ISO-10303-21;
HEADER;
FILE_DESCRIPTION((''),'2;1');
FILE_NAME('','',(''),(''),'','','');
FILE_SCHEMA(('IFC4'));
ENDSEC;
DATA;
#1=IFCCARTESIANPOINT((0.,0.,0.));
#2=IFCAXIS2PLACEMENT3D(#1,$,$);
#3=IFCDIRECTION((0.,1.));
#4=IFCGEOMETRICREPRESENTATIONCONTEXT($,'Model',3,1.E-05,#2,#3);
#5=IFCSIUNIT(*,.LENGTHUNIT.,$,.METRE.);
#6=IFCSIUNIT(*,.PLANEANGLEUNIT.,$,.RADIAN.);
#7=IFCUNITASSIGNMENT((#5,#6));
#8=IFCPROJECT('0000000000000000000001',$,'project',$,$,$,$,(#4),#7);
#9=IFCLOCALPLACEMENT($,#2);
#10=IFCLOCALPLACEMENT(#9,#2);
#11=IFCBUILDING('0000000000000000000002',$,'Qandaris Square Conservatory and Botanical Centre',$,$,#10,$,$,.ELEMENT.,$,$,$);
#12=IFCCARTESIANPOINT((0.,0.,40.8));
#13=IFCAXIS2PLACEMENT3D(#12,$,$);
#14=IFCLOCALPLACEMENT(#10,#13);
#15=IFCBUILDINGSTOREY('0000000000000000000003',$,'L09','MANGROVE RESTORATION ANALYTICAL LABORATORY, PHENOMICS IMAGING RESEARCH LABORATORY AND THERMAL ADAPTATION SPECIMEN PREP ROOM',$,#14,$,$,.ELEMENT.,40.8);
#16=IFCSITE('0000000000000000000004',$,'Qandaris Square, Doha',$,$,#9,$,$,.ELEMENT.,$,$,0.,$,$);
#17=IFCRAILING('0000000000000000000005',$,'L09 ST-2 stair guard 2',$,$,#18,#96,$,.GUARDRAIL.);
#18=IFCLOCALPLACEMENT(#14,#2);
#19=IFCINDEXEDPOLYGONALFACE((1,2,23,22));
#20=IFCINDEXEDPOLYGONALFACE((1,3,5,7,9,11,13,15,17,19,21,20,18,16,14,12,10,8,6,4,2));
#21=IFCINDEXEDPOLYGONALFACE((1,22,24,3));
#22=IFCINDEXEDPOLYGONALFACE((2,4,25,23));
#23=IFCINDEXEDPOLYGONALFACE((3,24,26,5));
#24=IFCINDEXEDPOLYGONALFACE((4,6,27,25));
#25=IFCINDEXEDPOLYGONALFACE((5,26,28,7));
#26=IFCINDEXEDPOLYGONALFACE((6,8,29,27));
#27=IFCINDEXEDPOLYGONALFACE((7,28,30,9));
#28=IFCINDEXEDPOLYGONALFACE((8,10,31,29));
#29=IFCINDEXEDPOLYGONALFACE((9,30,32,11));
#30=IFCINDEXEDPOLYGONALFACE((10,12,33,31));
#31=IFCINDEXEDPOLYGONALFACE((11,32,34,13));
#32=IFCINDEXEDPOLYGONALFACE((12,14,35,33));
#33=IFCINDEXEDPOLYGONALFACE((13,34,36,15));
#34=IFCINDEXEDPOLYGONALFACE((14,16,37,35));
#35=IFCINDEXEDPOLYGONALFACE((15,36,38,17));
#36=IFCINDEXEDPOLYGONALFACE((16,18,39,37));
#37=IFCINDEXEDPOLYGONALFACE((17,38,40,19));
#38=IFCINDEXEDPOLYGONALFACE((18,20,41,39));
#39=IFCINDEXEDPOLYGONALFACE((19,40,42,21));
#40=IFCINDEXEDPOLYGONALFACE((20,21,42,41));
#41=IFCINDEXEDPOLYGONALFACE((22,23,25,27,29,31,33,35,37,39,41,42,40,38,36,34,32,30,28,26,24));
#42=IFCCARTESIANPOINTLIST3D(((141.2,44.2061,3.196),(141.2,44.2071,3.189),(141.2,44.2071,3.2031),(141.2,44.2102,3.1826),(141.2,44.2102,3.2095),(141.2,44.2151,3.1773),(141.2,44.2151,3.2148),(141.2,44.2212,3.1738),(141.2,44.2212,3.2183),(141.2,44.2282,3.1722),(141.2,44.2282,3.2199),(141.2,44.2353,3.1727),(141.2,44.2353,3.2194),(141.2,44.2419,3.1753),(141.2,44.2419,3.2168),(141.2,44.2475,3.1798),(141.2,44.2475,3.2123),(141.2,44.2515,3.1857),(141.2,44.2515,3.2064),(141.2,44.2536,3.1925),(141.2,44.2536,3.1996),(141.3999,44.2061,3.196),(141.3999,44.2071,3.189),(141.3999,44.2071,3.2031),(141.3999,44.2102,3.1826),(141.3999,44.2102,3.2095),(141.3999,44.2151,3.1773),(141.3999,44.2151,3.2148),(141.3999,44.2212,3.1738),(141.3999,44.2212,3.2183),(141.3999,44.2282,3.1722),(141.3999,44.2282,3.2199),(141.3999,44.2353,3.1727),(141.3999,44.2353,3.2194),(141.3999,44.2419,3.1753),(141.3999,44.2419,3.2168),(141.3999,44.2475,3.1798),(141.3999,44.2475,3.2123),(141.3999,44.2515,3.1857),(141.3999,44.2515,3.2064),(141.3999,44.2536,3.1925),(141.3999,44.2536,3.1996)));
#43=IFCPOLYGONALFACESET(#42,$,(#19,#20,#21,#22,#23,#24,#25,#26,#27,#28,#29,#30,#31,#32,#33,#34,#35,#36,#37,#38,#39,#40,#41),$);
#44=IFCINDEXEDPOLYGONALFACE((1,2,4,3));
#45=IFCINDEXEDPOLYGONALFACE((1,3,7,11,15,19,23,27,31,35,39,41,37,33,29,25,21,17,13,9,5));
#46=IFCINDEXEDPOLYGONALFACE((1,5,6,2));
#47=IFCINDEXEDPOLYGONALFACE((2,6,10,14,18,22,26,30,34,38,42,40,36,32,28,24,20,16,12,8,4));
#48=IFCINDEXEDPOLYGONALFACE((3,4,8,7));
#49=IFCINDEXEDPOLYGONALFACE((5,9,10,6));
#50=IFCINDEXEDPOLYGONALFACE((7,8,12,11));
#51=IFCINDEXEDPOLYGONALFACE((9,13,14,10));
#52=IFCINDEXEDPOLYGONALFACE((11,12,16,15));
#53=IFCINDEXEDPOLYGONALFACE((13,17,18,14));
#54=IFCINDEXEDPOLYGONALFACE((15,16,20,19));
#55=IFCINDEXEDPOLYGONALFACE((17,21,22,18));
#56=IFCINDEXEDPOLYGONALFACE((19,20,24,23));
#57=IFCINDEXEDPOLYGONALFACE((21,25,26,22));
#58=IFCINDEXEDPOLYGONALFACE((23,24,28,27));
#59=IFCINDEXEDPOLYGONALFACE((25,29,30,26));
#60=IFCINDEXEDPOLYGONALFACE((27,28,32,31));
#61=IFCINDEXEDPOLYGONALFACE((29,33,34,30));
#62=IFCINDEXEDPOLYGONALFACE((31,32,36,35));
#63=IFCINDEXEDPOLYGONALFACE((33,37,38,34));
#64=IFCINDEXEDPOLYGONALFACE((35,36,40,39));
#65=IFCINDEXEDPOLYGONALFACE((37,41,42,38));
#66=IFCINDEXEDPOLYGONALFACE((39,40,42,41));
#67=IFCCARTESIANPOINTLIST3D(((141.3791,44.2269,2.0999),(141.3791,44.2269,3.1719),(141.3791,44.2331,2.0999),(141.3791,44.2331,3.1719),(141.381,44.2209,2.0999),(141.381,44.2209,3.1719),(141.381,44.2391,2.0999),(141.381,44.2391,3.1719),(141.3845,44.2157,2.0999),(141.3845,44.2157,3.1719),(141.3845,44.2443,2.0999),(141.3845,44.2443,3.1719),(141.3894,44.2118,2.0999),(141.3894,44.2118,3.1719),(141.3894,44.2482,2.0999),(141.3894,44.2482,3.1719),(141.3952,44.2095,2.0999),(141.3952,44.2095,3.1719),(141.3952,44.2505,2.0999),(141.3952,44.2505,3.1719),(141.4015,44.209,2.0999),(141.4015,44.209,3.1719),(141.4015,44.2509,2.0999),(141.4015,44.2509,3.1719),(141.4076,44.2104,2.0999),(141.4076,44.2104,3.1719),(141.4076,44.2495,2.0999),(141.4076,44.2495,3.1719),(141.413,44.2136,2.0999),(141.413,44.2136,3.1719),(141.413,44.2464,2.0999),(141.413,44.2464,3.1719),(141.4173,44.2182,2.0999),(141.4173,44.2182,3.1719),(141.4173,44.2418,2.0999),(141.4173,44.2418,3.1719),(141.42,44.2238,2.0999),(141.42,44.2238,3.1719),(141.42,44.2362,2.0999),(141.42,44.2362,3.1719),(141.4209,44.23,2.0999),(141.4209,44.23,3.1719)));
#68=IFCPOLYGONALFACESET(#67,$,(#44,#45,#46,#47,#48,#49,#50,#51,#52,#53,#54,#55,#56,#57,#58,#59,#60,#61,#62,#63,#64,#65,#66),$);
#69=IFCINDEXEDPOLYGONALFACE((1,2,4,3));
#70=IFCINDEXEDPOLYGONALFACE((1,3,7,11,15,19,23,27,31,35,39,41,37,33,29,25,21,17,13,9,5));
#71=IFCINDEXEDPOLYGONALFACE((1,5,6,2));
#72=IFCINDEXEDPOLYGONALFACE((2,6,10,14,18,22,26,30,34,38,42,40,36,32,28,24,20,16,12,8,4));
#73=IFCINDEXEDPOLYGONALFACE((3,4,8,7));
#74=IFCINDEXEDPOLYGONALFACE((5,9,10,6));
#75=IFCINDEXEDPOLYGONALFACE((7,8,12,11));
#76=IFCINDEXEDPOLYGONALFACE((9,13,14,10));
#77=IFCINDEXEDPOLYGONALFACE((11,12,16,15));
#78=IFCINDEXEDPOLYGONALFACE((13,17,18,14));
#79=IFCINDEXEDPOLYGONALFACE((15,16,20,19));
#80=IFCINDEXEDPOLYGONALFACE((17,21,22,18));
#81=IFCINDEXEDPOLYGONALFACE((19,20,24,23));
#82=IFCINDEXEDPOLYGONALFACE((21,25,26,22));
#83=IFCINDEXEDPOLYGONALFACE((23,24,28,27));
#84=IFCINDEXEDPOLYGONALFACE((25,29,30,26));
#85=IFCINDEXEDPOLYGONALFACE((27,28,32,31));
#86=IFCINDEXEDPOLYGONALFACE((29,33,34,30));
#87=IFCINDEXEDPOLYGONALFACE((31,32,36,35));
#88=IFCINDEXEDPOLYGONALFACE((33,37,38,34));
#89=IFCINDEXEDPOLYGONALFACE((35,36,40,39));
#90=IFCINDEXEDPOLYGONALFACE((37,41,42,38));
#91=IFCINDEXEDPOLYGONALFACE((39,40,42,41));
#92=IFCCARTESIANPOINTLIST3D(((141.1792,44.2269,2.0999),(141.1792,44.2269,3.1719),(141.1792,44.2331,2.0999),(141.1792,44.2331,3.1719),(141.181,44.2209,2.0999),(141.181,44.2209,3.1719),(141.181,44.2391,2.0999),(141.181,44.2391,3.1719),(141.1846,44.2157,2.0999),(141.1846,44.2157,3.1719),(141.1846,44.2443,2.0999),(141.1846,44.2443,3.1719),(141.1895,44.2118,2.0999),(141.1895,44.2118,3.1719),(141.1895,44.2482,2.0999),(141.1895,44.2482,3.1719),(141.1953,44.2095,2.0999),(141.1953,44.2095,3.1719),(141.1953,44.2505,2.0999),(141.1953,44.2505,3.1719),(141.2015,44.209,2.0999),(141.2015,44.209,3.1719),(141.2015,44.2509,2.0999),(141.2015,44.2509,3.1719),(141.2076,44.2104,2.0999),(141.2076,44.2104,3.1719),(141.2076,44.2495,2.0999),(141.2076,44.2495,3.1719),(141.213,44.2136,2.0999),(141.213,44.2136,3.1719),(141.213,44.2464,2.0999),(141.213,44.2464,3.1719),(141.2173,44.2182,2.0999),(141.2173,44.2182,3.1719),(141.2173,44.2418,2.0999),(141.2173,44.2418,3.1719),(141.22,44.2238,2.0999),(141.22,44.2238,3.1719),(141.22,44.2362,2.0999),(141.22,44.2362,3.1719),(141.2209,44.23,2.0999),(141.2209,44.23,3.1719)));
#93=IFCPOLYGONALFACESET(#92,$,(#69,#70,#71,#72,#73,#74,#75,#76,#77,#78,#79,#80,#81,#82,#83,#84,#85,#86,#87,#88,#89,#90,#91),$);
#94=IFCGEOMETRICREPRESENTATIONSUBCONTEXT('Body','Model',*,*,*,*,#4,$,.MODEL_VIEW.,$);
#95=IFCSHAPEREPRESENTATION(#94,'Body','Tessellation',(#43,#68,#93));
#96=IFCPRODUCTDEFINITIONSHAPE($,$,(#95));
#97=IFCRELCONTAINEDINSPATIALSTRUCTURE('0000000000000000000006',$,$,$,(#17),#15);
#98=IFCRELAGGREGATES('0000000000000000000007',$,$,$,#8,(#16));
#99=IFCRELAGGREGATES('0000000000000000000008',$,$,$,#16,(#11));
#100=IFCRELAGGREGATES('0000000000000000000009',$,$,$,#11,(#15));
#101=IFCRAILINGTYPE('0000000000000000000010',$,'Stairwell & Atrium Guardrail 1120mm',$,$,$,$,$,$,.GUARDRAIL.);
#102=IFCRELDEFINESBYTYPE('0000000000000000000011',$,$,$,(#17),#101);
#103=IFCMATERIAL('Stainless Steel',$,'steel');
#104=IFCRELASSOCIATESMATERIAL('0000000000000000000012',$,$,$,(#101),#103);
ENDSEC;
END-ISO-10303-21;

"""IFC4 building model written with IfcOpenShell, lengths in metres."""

from ifc_helpers import new_model, si_unit, direction, frame, origin, origin_2d, place, context, subcontext, project, spatial, circle, extrude, material, type_object, element, save


model = new_model("IFC4")

# Units and contexts
model_context = context("Model", 3, precision=1e-05, world=origin(), true_north=direction((0.0, 1.0)))
body_context = subcontext(model_context, "Body", "Model", "MODEL_VIEW")
ifc_project = project(units=[si_unit("LENGTHUNIT", "METRE"), si_unit("PLANEANGLEUNIT", "RADIAN")], contexts=[model_context])

# Site, building, storey
site_placement = place(None, origin())
site = spatial("IfcSite", under=ifc_project, at=site_placement, Name="Qandaris Square, Doha", CompositionType="ELEMENT", RefElevation=0.0)
building_placement = place(site_placement, origin())
building = spatial("IfcBuilding", under=site, at=building_placement, Name="Qandaris Square Conservatory and Botanical Centre", CompositionType="ELEMENT")
storey_placement = place(building_placement, frame((0.0, 0.0, 40.8)))
storey = spatial("IfcBuildingStorey", under=building, at=storey_placement, Name="L09", Description="MANGROVE RESTORATION ANALYTICAL LABORATORY, PHENOMICS IMAGING RESEARCH LABORATORY AND THERMAL ADAPTATION SPECIMEN PREP ROOM", CompositionType="ELEMENT", Elevation=40.8)

# Railing
ifc_material_1 = material(Name="Stainless Steel", Category="steel")
railing_type_1 = type_object("IfcRailingType", Name="Stairwell & Atrium Guardrail 1120mm", PredefinedType="GUARDRAIL", material=ifc_material_1)
railing_1_placement = place(storey_placement, frame((141.3999, 44.23, 2.0999)))
element("IfcRailing", 1, at=railing_1_placement, inside=storey, type_object=railing_type_1, Name="L09 ST-2 stair guard 2", PredefinedType="GUARDRAIL", context=body_context, shape_type="SweptSolid", body=[
    extrude(circle(Radius=0.0239, at=origin_2d()), frame((0.0, 0.0, 1.0962), z_axis=(-1.0, 0.0, 0.0), x_axis=(0.0, -1.0, 0.0)), (0.0, 0.0, 1.0), 0.2),
    extrude(circle(Radius=0.021, at=origin_2d()), origin(), (0.0, 0.0, 1.0), 1.072),
    extrude(circle(Radius=0.021, at=origin_2d()), frame((-0.2, 0.0, 0.0)), (0.0, 0.0, 1.0), 1.072),
])

save(model, "model.ifc")
